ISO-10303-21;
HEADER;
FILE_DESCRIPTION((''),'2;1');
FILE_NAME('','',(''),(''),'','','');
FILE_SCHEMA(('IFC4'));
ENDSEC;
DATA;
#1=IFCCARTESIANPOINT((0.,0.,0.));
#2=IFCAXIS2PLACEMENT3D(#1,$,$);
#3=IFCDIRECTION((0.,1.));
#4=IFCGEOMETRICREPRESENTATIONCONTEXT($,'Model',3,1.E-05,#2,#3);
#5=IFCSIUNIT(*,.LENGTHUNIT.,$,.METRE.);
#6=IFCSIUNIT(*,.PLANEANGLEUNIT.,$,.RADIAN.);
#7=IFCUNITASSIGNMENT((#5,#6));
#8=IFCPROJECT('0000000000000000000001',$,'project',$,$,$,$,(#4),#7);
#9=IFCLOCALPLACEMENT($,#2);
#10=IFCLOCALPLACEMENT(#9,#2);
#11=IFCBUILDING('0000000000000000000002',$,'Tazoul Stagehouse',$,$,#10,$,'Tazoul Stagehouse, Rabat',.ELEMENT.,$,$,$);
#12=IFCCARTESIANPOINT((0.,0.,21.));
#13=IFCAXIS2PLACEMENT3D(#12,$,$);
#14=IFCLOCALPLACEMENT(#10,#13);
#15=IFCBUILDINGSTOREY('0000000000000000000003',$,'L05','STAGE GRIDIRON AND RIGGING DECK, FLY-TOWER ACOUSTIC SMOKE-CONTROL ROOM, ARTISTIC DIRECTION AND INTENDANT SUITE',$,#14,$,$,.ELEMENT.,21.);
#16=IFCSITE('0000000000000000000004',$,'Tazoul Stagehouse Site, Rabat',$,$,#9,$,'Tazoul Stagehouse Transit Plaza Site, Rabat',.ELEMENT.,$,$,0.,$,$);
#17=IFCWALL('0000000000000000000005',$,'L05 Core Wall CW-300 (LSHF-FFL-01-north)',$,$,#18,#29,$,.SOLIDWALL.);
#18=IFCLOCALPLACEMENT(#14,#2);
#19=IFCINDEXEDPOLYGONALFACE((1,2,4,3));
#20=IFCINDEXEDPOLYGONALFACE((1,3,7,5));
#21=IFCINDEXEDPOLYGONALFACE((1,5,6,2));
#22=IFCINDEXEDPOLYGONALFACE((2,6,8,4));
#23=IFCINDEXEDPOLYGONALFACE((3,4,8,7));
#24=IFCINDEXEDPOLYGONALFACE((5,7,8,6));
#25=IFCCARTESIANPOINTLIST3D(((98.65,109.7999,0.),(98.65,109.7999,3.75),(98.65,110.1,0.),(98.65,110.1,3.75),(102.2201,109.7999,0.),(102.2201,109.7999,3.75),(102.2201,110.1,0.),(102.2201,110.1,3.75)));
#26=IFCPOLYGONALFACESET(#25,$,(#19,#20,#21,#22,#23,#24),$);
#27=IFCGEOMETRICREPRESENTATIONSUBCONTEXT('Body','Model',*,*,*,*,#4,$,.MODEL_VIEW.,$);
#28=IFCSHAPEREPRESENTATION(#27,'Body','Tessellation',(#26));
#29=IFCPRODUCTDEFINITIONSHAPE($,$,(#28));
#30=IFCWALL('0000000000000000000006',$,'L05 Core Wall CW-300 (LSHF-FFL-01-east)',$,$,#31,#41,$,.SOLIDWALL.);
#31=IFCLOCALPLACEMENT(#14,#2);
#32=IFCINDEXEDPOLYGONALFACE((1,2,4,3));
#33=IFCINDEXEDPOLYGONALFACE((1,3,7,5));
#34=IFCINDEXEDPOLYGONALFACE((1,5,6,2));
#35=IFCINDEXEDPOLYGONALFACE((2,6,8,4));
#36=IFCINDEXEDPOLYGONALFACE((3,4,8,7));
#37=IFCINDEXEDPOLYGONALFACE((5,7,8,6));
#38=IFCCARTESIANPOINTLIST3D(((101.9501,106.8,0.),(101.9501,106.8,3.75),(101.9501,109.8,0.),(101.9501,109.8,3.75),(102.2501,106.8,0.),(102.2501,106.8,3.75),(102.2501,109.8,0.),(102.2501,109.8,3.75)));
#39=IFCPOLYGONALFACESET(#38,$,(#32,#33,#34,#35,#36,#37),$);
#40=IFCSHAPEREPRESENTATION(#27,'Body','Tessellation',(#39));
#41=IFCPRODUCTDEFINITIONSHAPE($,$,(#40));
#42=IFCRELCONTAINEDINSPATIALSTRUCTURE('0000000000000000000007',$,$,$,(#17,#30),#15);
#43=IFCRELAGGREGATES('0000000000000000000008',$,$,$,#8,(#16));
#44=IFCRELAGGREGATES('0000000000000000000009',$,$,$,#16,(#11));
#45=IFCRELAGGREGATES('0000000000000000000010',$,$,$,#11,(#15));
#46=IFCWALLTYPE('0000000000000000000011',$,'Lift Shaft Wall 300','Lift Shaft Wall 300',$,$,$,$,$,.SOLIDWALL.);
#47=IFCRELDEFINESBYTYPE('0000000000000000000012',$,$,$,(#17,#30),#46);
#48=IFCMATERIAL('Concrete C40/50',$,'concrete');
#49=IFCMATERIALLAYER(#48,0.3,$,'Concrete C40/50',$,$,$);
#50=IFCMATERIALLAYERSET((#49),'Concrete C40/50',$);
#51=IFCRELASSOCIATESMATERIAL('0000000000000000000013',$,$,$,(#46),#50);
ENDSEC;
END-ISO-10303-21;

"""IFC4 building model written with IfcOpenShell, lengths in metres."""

from ifc_helpers import new_model, si_unit, direction, frame, frame_2d, origin, place, context, subcontext, project, spatial, rectangle, extrude, material, layer, layer_set, type_object, element, save


model = new_model("IFC4")

# Units and contexts
model_context = context("Model", 3, precision=1e-05, world=origin(), true_north=direction((0.0, 1.0)))
body_context = subcontext(model_context, "Body", "Model", "MODEL_VIEW")
ifc_project = project(units=[si_unit("LENGTHUNIT", "METRE"), si_unit("PLANEANGLEUNIT", "RADIAN")], contexts=[model_context])

# Site, building, storey
site_placement = place(None, origin())
site = spatial("IfcSite", under=ifc_project, at=site_placement, Name="Tazoul Stagehouse Site, Rabat", LongName="Tazoul Stagehouse Transit Plaza Site, Rabat", CompositionType="ELEMENT", RefElevation=0.0)
building_placement = place(site_placement, origin())
building = spatial("IfcBuilding", under=site, at=building_placement, Name="Tazoul Stagehouse", LongName="Tazoul Stagehouse, Rabat", CompositionType="ELEMENT")
storey_placement = place(building_placement, frame((0.0, 0.0, 21.0)))
storey = spatial("IfcBuildingStorey", under=building, at=storey_placement, Name="L05", Description="STAGE GRIDIRON AND RIGGING DECK, FLY-TOWER ACOUSTIC SMOKE-CONTROL ROOM, ARTISTIC DIRECTION AND INTENDANT SUITE", CompositionType="ELEMENT", Elevation=21.0)

# Shared definitions
ifc_material_1 = material(Name="Concrete C40/50", Category="concrete")

# Shared definitions
ifc_layer_1 = layer(ifc_material_1, 0.3, Name="Concrete C40/50")
ifc_layer_set_1 = layer_set([ifc_layer_1], Name="Concrete C40/50")
wall_type_1 = type_object("IfcWallType", Name="Lift Shaft Wall 300", Description="Lift Shaft Wall 300", PredefinedType="SOLIDWALL", material=ifc_layer_set_1)

# Walls
wall_1_placement = place(storey_placement, frame((98.6499, 109.95, 0.0), z_axis=(0.0, 0.0, 1.0), x_axis=(1.0, 0.0, 0.0)))
element("IfcWall", 1, at=wall_1_placement, inside=storey, type_object=wall_type_1, Name="L05 Core Wall CW-300 (LSHF-FFL-01-north)", PredefinedType="SOLIDWALL", context=body_context, shape_type="SweptSolid", body=[
    extrude(rectangle(XDim=3.5701, YDim=0.3, at=frame_2d((1.7852, 0.0))), origin(), (0.0, 0.0, 1.0), 3.75),
])
wall_2_placement = place(storey_placement, frame((102.1001, 109.8, 0.0), z_axis=(0.0, 0.0, 1.0), x_axis=(0.0, -1.0, 0.0)))
element("IfcWall", 2, at=wall_2_placement, inside=storey, type_object=wall_type_1, Name="L05 Core Wall CW-300 (LSHF-FFL-01-east)", PredefinedType="SOLIDWALL", context=body_context, shape_type="SweptSolid", body=[
    extrude(rectangle(XDim=3.0, YDim=0.3, at=frame_2d((1.5, 0.0))), origin(), (0.0, 0.0, 1.0), 3.75),
])

save(model, "model.ifc")
